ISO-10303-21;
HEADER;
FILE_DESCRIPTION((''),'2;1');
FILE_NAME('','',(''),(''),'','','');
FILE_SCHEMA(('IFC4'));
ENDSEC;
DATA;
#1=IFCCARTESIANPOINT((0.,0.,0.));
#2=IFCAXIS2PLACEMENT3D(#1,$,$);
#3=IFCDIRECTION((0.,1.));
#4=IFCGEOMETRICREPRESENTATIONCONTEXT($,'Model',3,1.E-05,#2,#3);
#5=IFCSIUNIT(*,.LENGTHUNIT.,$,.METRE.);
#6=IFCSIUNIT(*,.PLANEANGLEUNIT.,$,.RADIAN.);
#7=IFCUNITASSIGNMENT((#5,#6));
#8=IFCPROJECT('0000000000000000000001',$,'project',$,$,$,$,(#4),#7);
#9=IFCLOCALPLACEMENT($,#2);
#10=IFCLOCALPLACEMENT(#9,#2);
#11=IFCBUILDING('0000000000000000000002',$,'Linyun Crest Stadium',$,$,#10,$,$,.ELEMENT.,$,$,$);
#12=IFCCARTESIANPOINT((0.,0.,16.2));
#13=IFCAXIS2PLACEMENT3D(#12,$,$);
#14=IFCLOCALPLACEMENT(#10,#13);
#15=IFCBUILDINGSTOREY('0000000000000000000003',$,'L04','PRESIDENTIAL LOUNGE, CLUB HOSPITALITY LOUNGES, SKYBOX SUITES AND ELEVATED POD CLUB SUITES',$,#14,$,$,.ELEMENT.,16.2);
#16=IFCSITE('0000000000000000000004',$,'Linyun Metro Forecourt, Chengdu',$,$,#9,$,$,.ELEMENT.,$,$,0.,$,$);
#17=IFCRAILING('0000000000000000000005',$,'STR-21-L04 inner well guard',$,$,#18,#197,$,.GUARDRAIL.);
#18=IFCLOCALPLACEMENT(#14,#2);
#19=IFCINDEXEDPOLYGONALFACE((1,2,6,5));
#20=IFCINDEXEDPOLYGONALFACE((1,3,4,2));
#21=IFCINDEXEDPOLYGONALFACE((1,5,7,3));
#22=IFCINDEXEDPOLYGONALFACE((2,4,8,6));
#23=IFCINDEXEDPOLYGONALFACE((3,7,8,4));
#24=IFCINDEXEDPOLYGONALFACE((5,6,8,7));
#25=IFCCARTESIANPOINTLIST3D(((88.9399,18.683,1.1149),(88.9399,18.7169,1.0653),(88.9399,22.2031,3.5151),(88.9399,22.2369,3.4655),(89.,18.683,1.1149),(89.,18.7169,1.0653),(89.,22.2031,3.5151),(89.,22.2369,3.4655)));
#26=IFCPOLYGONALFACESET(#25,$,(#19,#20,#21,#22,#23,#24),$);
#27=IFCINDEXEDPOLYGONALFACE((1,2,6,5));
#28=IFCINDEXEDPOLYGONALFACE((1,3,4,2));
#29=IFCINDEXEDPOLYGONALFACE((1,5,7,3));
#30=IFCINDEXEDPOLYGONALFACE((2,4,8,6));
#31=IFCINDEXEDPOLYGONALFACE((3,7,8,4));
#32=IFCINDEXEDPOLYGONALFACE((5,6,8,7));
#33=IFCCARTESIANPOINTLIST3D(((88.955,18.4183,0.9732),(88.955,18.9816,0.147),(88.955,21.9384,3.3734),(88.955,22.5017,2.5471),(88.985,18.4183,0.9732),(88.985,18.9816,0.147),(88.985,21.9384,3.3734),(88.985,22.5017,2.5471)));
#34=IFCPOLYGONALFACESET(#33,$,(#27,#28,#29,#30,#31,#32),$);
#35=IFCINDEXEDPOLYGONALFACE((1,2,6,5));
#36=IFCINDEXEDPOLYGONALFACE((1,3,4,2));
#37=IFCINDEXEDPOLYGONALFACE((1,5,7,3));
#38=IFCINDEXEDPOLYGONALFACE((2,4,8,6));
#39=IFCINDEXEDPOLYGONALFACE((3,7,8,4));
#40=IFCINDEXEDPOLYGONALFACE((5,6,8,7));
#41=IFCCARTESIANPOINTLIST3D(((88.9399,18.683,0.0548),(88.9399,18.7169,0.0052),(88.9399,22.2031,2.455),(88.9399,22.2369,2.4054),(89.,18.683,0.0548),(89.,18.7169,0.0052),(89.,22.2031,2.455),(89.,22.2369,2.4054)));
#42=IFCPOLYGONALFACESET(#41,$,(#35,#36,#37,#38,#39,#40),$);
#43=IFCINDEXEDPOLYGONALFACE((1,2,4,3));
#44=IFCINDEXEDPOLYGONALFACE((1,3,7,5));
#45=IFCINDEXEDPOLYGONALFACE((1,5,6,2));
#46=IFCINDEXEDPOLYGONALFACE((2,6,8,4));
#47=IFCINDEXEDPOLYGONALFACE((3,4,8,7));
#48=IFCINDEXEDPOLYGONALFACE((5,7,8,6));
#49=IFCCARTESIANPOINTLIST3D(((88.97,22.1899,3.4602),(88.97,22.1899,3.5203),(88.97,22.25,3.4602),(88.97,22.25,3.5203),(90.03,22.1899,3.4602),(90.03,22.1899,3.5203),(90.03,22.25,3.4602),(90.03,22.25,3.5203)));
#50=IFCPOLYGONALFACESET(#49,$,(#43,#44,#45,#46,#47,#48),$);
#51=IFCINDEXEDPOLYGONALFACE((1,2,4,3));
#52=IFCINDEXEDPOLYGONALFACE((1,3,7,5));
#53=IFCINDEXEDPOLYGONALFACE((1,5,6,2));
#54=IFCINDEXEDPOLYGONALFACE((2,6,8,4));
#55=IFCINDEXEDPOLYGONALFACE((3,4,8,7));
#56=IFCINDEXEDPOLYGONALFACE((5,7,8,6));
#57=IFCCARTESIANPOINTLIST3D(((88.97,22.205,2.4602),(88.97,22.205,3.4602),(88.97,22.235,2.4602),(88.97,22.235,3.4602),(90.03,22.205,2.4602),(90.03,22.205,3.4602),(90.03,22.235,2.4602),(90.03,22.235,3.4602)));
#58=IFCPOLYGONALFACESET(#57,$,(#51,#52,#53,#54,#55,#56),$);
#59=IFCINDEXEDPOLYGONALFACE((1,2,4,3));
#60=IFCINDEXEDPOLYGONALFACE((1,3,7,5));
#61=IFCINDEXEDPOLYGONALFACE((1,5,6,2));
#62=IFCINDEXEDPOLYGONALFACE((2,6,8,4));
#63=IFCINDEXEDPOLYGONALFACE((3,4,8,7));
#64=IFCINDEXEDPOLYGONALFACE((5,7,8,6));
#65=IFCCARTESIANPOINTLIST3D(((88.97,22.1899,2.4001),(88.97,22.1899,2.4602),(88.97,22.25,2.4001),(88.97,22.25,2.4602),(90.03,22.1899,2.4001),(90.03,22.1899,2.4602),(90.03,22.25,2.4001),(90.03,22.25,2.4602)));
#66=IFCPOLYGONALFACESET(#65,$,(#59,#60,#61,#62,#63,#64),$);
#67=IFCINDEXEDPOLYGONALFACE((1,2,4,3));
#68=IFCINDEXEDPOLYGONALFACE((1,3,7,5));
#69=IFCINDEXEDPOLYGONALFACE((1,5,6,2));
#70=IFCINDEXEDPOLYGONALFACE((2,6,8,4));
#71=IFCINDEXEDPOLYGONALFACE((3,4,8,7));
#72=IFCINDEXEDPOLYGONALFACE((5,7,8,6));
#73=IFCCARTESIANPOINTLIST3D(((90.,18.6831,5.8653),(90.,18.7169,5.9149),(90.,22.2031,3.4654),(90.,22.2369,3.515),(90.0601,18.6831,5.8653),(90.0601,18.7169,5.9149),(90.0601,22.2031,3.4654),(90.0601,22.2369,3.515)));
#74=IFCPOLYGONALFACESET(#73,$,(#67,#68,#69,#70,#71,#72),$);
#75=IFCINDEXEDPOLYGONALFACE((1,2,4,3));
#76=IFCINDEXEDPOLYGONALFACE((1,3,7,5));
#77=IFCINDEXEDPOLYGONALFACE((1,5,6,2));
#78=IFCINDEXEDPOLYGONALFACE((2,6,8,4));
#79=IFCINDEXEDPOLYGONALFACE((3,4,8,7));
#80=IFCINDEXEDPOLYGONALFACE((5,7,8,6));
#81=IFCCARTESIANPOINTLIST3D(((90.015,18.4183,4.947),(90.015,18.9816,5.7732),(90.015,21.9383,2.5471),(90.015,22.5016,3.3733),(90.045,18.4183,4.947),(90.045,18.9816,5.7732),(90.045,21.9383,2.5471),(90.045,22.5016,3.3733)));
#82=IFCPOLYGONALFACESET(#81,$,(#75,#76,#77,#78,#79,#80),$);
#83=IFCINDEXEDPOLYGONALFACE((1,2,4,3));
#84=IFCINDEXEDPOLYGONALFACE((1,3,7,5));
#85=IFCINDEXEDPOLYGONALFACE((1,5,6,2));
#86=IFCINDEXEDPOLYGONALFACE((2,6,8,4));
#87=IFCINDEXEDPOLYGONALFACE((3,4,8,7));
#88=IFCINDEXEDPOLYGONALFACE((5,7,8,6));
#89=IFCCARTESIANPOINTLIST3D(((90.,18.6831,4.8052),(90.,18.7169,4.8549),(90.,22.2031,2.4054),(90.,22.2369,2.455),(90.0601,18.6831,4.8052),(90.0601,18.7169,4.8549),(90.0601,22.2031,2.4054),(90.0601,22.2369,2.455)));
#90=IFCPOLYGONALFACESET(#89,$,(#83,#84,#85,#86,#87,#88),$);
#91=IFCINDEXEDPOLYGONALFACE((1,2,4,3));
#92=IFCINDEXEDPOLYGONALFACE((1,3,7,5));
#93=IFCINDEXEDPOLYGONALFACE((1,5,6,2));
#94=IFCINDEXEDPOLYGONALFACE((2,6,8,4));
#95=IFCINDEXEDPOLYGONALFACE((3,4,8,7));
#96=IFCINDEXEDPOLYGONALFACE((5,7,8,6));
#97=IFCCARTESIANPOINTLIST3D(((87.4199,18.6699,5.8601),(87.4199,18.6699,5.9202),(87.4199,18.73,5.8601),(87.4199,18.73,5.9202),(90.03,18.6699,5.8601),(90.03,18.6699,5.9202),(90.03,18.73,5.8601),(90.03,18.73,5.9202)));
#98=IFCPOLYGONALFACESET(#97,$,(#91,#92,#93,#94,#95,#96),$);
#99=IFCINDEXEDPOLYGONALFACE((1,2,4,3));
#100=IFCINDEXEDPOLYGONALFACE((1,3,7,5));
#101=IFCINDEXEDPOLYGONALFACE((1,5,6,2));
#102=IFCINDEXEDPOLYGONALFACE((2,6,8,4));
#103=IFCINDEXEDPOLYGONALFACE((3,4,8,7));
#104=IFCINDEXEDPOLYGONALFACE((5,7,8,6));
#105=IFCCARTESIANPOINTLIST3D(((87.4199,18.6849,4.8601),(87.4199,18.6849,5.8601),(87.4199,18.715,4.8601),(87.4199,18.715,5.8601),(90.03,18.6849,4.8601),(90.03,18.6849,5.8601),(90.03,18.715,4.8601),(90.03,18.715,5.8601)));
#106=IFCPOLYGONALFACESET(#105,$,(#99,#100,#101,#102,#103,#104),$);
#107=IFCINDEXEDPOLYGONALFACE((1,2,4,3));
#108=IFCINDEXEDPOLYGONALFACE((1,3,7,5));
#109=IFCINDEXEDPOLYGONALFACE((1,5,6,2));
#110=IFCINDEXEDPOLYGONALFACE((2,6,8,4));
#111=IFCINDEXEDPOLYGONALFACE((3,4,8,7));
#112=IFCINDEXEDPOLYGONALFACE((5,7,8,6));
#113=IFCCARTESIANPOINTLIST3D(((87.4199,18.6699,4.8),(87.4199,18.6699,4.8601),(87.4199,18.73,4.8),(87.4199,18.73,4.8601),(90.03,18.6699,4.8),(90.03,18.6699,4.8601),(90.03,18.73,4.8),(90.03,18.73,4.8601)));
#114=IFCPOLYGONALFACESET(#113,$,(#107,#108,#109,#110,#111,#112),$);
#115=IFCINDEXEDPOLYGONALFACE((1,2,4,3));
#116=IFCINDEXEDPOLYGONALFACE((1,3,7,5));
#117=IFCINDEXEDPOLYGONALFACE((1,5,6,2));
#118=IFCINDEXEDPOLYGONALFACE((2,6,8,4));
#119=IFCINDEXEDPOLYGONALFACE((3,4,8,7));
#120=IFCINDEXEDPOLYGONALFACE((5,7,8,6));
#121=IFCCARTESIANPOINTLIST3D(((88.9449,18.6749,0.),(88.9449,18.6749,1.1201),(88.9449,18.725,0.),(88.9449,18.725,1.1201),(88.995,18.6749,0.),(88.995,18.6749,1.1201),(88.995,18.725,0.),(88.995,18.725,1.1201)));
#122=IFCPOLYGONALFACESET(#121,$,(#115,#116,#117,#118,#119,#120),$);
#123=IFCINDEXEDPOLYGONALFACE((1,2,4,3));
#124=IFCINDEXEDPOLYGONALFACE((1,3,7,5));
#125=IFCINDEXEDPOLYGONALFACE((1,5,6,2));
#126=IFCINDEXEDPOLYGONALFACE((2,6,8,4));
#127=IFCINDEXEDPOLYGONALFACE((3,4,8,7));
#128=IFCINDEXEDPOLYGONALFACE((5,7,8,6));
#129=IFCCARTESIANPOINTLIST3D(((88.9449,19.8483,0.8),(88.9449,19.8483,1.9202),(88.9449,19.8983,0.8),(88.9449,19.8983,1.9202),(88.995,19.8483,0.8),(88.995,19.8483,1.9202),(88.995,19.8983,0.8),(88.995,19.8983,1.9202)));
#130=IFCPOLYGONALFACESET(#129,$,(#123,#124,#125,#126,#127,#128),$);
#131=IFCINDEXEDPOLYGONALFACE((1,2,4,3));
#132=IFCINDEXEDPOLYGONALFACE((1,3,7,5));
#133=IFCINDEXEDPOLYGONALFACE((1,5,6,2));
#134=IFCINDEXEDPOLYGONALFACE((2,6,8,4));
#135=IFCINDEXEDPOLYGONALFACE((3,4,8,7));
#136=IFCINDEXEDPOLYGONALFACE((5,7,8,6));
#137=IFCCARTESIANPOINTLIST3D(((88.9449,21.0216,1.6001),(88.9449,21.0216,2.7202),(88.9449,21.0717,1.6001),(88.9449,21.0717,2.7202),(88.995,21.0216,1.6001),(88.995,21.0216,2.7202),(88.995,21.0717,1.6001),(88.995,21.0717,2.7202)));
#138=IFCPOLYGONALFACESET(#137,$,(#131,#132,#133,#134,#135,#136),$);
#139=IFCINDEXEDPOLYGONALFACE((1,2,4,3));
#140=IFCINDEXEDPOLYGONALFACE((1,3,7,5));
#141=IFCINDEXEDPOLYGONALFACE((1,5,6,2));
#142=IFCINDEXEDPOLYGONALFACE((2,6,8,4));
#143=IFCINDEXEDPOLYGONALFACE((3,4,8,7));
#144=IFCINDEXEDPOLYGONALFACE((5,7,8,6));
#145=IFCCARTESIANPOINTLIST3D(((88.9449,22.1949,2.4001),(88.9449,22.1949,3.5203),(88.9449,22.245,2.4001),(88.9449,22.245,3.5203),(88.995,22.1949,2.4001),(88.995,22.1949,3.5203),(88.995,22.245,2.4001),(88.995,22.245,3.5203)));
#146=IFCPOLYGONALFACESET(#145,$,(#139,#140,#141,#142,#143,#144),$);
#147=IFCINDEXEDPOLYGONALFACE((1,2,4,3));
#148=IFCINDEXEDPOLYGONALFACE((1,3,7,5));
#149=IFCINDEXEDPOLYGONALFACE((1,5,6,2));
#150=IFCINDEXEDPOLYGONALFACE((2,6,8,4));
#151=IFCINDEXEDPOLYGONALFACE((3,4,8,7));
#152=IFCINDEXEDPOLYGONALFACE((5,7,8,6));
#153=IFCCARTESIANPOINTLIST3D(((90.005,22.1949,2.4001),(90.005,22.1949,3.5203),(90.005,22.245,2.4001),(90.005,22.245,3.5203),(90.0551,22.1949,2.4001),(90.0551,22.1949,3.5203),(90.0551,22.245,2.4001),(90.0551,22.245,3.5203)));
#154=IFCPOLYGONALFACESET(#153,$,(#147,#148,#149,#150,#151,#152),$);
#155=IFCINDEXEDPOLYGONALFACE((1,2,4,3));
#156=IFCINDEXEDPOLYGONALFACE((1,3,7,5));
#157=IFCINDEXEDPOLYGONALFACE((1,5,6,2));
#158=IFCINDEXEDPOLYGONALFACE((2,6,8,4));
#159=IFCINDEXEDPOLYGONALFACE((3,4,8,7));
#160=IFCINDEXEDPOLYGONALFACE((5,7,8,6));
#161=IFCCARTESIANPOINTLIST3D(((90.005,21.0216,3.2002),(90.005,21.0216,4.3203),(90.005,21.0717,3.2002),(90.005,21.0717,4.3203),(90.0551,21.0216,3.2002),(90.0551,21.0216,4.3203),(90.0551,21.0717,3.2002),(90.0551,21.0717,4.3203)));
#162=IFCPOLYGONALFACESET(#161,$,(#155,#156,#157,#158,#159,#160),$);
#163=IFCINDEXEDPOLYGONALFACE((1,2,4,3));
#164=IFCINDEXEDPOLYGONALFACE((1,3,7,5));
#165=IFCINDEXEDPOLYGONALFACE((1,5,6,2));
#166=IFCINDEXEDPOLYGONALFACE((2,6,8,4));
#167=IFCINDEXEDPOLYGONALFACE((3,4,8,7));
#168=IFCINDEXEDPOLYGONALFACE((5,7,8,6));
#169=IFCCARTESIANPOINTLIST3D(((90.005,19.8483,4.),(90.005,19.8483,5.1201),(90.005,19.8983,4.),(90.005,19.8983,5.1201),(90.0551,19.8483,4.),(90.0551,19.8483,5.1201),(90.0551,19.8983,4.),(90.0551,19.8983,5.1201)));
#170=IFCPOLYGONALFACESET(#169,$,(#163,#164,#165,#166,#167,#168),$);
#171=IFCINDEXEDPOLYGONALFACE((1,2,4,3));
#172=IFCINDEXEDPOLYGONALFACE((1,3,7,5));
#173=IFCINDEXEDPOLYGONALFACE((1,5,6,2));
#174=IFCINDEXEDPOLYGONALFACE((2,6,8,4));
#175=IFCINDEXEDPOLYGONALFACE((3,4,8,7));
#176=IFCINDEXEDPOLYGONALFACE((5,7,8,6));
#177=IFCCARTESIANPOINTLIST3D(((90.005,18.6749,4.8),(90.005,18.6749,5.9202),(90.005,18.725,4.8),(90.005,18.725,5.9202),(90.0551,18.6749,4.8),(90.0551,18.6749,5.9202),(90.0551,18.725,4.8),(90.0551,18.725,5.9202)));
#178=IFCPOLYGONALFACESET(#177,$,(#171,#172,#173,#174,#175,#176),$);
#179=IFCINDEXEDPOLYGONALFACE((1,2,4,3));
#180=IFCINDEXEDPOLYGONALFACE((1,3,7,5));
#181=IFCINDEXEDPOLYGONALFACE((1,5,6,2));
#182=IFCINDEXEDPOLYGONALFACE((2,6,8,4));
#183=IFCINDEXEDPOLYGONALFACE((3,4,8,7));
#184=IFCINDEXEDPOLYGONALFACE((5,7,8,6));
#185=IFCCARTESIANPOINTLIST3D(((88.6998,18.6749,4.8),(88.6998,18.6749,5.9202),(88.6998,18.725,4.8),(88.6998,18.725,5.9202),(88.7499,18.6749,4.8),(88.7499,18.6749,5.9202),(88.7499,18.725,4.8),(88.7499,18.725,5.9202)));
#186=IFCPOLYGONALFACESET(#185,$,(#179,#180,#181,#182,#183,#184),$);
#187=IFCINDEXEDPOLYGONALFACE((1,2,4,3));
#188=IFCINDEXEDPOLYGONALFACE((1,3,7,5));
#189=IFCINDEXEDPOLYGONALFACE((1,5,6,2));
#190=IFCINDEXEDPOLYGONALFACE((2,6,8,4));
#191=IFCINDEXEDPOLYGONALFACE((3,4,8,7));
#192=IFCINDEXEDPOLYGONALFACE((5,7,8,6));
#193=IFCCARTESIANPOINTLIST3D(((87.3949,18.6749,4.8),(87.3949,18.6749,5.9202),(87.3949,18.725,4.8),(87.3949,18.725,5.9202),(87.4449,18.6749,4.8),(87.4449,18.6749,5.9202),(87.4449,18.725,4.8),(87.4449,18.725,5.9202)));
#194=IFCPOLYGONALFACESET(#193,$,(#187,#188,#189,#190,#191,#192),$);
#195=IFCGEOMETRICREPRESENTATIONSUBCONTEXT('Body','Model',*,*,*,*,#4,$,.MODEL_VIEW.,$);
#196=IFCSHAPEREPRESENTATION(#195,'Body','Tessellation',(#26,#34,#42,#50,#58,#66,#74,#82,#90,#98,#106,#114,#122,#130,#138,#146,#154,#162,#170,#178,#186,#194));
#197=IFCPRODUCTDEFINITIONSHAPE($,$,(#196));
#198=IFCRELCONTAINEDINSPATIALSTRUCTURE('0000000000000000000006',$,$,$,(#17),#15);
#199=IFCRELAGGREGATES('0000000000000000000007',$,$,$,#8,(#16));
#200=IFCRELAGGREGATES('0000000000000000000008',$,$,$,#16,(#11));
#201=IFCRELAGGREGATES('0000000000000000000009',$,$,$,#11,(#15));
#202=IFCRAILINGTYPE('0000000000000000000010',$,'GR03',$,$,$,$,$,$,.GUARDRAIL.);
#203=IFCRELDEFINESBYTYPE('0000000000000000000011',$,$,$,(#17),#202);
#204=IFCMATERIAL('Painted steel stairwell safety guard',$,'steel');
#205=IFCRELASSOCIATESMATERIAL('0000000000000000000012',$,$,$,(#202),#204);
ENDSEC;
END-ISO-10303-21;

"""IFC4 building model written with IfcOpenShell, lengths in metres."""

from ifc_helpers import new_model, si_unit, direction, frame, origin, origin_2d, place, context, subcontext, project, spatial, rectangle, extrude, material, type_object, element, save


model = new_model("IFC4")

# Units and contexts
model_context = context("Model", 3, precision=1e-05, world=origin(), true_north=direction((0.0, 1.0)))
body_context = subcontext(model_context, "Body", "Model", "MODEL_VIEW")
ifc_project = project(units=[si_unit("LENGTHUNIT", "METRE"), si_unit("PLANEANGLEUNIT", "RADIAN")], contexts=[model_context])

# Site, building, storey
site_placement = place(None, origin())
site = spatial("IfcSite", under=ifc_project, at=site_placement, Name="Linyun Metro Forecourt, Chengdu", CompositionType="ELEMENT", RefElevation=0.0)
building_placement = place(site_placement, origin())
building = spatial("IfcBuilding", under=site, at=building_placement, Name="Linyun Crest Stadium", CompositionType="ELEMENT")
storey_placement = place(building_placement, frame((0.0, 0.0, 16.2)))
storey = spatial("IfcBuildingStorey", under=building, at=storey_placement, Name="L04", Description="PRESIDENTIAL LOUNGE, CLUB HOSPITALITY LOUNGES, SKYBOX SUITES AND ELEVATED POD CLUB SUITES", CompositionType="ELEMENT", Elevation=16.2)

# Railing
ifc_material_1 = material(Name="Painted steel stairwell safety guard", Category="steel")
railing_type_1 = type_object("IfcRailingType", Name="GR03", PredefinedType="GUARDRAIL", material=ifc_material_1)
railing_1_placement = place(storey_placement, frame((88.97, 18.7, 0.0)))
element("IfcRailing", 1, at=railing_1_placement, inside=storey, type_object=railing_type_1, Name="STR-21-L04 inner well guard", PredefinedType="GUARDRAIL", context=body_context, shape_type="SweptSolid", body=[
    extrude(rectangle(XDim=0.0601, YDim=0.0601, at=origin_2d()), frame((0.0, 0.0, 1.0901), z_axis=(0.0, 0.826213, 0.563358), x_axis=(-1.0, 0.0, 0.0)), (0.0, 0.0, 1.0), 4.2605),
    extrude(rectangle(XDim=0.03, YDim=1.0, at=origin_2d()), frame((0.0, 0.0, 0.5601), z_axis=(0.0, 0.826213, 0.563358), x_axis=(-1.0, 0.0, 0.0)), (0.0, 0.0, 1.0), 4.2605),
    extrude(rectangle(XDim=0.0601, YDim=0.0601, at=origin_2d()), frame((0.0, 0.0, 0.03), z_axis=(0.0, 0.826213, 0.563358), x_axis=(-1.0, 0.0, 0.0)), (0.0, 0.0, 1.0), 4.2605),
    extrude(rectangle(XDim=0.0601, YDim=0.0601, at=origin_2d()), frame((0.0, 3.52, 3.4902), z_axis=(1.0, 0.0, 0.0), x_axis=(0.0, 1.0, 0.0)), (0.0, 0.0, 1.0), 1.0601),
    extrude(rectangle(XDim=0.03, YDim=1.0, at=origin_2d()), frame((0.0, 3.52, 2.9602), z_axis=(1.0, 0.0, 0.0), x_axis=(0.0, 1.0, 0.0)), (0.0, 0.0, 1.0), 1.0601),
    extrude(rectangle(XDim=0.0601, YDim=0.0601, at=origin_2d()), frame((0.0, 3.52, 2.4302), z_axis=(1.0, 0.0, 0.0), x_axis=(0.0, 1.0, 0.0)), (0.0, 0.0, 1.0), 1.0601),
    extrude(rectangle(XDim=0.0601, YDim=0.0601, at=origin_2d()), frame((1.0601, 3.52, 3.4902), z_axis=(0.0, -0.826239, 0.563319), x_axis=(1.0, 0.0, 0.0)), (0.0, 0.0, 1.0), 4.2603),
    extrude(rectangle(XDim=0.03, YDim=1.0, at=origin_2d()), frame((1.0601, 3.52, 2.9602), z_axis=(0.0, -0.826239, 0.563319), x_axis=(1.0, 0.0, 0.0)), (0.0, 0.0, 1.0), 4.2603),
    extrude(rectangle(XDim=0.0601, YDim=0.0601, at=origin_2d()), frame((1.0601, 3.52, 2.4302), z_axis=(0.0, -0.826239, 0.563319), x_axis=(1.0, 0.0, 0.0)), (0.0, 0.0, 1.0), 4.2603),
    extrude(rectangle(XDim=0.0601, YDim=0.0601, at=origin_2d()), frame((1.0601, 0.0, 5.8901), z_axis=(-1.0, 0.0, 0.0), x_axis=(0.0, -1.0, 0.0)), (0.0, 0.0, 1.0), 2.6101),
    extrude(rectangle(XDim=0.03, YDim=1.0, at=origin_2d()), frame((1.0601, 0.0, 5.3601), z_axis=(-1.0, 0.0, 0.0), x_axis=(0.0, -1.0, 0.0)), (0.0, 0.0, 1.0), 2.6101),
    extrude(rectangle(XDim=0.0601, YDim=0.0601, at=origin_2d()), frame((1.0601, 0.0, 4.8301), z_axis=(-1.0, 0.0, 0.0), x_axis=(0.0, -1.0, 0.0)), (0.0, 0.0, 1.0), 2.6101),
    extrude(rectangle(XDim=0.05, YDim=0.05, at=origin_2d()), origin(), (0.0, 0.0, 1.0), 1.1201),
    extrude(rectangle(XDim=0.05, YDim=0.05, at=origin_2d()), frame((0.0, 1.1733, 0.8)), (0.0, 0.0, 1.0), 1.1201),
    extrude(rectangle(XDim=0.05, YDim=0.05, at=origin_2d()), frame((0.0, 2.3467, 1.6001)), (0.0, 0.0, 1.0), 1.1201),
    extrude(rectangle(XDim=0.05, YDim=0.05, at=origin_2d()), frame((0.0, 3.52, 2.4001)), (0.0, 0.0, 1.0), 1.1201),
    extrude(rectangle(XDim=0.05, YDim=0.05, at=origin_2d()), frame((1.0601, 3.52, 2.4001)), (0.0, 0.0, 1.0), 1.1201),
    extrude(rectangle(XDim=0.05, YDim=0.05, at=origin_2d()), frame((1.0601, 2.3467, 3.2002)), (0.0, 0.0, 1.0), 1.1201),
    extrude(rectangle(XDim=0.05, YDim=0.05, at=origin_2d()), frame((1.0601, 1.1733, 4.0)), (0.0, 0.0, 1.0), 1.1201),
    extrude(rectangle(XDim=0.05, YDim=0.05, at=origin_2d()), frame((1.0601, 0.0, 4.8)), (0.0, 0.0, 1.0), 1.1201),
    extrude(rectangle(XDim=0.05, YDim=0.05, at=origin_2d()), frame((-0.2451, 0.0, 4.8)), (0.0, 0.0, 1.0), 1.1201),
    extrude(rectangle(XDim=0.05, YDim=0.05, at=origin_2d()), frame((-1.55, 0.0, 4.8)), (0.0, 0.0, 1.0), 1.1201),
])

save(model, "model.ifc")
